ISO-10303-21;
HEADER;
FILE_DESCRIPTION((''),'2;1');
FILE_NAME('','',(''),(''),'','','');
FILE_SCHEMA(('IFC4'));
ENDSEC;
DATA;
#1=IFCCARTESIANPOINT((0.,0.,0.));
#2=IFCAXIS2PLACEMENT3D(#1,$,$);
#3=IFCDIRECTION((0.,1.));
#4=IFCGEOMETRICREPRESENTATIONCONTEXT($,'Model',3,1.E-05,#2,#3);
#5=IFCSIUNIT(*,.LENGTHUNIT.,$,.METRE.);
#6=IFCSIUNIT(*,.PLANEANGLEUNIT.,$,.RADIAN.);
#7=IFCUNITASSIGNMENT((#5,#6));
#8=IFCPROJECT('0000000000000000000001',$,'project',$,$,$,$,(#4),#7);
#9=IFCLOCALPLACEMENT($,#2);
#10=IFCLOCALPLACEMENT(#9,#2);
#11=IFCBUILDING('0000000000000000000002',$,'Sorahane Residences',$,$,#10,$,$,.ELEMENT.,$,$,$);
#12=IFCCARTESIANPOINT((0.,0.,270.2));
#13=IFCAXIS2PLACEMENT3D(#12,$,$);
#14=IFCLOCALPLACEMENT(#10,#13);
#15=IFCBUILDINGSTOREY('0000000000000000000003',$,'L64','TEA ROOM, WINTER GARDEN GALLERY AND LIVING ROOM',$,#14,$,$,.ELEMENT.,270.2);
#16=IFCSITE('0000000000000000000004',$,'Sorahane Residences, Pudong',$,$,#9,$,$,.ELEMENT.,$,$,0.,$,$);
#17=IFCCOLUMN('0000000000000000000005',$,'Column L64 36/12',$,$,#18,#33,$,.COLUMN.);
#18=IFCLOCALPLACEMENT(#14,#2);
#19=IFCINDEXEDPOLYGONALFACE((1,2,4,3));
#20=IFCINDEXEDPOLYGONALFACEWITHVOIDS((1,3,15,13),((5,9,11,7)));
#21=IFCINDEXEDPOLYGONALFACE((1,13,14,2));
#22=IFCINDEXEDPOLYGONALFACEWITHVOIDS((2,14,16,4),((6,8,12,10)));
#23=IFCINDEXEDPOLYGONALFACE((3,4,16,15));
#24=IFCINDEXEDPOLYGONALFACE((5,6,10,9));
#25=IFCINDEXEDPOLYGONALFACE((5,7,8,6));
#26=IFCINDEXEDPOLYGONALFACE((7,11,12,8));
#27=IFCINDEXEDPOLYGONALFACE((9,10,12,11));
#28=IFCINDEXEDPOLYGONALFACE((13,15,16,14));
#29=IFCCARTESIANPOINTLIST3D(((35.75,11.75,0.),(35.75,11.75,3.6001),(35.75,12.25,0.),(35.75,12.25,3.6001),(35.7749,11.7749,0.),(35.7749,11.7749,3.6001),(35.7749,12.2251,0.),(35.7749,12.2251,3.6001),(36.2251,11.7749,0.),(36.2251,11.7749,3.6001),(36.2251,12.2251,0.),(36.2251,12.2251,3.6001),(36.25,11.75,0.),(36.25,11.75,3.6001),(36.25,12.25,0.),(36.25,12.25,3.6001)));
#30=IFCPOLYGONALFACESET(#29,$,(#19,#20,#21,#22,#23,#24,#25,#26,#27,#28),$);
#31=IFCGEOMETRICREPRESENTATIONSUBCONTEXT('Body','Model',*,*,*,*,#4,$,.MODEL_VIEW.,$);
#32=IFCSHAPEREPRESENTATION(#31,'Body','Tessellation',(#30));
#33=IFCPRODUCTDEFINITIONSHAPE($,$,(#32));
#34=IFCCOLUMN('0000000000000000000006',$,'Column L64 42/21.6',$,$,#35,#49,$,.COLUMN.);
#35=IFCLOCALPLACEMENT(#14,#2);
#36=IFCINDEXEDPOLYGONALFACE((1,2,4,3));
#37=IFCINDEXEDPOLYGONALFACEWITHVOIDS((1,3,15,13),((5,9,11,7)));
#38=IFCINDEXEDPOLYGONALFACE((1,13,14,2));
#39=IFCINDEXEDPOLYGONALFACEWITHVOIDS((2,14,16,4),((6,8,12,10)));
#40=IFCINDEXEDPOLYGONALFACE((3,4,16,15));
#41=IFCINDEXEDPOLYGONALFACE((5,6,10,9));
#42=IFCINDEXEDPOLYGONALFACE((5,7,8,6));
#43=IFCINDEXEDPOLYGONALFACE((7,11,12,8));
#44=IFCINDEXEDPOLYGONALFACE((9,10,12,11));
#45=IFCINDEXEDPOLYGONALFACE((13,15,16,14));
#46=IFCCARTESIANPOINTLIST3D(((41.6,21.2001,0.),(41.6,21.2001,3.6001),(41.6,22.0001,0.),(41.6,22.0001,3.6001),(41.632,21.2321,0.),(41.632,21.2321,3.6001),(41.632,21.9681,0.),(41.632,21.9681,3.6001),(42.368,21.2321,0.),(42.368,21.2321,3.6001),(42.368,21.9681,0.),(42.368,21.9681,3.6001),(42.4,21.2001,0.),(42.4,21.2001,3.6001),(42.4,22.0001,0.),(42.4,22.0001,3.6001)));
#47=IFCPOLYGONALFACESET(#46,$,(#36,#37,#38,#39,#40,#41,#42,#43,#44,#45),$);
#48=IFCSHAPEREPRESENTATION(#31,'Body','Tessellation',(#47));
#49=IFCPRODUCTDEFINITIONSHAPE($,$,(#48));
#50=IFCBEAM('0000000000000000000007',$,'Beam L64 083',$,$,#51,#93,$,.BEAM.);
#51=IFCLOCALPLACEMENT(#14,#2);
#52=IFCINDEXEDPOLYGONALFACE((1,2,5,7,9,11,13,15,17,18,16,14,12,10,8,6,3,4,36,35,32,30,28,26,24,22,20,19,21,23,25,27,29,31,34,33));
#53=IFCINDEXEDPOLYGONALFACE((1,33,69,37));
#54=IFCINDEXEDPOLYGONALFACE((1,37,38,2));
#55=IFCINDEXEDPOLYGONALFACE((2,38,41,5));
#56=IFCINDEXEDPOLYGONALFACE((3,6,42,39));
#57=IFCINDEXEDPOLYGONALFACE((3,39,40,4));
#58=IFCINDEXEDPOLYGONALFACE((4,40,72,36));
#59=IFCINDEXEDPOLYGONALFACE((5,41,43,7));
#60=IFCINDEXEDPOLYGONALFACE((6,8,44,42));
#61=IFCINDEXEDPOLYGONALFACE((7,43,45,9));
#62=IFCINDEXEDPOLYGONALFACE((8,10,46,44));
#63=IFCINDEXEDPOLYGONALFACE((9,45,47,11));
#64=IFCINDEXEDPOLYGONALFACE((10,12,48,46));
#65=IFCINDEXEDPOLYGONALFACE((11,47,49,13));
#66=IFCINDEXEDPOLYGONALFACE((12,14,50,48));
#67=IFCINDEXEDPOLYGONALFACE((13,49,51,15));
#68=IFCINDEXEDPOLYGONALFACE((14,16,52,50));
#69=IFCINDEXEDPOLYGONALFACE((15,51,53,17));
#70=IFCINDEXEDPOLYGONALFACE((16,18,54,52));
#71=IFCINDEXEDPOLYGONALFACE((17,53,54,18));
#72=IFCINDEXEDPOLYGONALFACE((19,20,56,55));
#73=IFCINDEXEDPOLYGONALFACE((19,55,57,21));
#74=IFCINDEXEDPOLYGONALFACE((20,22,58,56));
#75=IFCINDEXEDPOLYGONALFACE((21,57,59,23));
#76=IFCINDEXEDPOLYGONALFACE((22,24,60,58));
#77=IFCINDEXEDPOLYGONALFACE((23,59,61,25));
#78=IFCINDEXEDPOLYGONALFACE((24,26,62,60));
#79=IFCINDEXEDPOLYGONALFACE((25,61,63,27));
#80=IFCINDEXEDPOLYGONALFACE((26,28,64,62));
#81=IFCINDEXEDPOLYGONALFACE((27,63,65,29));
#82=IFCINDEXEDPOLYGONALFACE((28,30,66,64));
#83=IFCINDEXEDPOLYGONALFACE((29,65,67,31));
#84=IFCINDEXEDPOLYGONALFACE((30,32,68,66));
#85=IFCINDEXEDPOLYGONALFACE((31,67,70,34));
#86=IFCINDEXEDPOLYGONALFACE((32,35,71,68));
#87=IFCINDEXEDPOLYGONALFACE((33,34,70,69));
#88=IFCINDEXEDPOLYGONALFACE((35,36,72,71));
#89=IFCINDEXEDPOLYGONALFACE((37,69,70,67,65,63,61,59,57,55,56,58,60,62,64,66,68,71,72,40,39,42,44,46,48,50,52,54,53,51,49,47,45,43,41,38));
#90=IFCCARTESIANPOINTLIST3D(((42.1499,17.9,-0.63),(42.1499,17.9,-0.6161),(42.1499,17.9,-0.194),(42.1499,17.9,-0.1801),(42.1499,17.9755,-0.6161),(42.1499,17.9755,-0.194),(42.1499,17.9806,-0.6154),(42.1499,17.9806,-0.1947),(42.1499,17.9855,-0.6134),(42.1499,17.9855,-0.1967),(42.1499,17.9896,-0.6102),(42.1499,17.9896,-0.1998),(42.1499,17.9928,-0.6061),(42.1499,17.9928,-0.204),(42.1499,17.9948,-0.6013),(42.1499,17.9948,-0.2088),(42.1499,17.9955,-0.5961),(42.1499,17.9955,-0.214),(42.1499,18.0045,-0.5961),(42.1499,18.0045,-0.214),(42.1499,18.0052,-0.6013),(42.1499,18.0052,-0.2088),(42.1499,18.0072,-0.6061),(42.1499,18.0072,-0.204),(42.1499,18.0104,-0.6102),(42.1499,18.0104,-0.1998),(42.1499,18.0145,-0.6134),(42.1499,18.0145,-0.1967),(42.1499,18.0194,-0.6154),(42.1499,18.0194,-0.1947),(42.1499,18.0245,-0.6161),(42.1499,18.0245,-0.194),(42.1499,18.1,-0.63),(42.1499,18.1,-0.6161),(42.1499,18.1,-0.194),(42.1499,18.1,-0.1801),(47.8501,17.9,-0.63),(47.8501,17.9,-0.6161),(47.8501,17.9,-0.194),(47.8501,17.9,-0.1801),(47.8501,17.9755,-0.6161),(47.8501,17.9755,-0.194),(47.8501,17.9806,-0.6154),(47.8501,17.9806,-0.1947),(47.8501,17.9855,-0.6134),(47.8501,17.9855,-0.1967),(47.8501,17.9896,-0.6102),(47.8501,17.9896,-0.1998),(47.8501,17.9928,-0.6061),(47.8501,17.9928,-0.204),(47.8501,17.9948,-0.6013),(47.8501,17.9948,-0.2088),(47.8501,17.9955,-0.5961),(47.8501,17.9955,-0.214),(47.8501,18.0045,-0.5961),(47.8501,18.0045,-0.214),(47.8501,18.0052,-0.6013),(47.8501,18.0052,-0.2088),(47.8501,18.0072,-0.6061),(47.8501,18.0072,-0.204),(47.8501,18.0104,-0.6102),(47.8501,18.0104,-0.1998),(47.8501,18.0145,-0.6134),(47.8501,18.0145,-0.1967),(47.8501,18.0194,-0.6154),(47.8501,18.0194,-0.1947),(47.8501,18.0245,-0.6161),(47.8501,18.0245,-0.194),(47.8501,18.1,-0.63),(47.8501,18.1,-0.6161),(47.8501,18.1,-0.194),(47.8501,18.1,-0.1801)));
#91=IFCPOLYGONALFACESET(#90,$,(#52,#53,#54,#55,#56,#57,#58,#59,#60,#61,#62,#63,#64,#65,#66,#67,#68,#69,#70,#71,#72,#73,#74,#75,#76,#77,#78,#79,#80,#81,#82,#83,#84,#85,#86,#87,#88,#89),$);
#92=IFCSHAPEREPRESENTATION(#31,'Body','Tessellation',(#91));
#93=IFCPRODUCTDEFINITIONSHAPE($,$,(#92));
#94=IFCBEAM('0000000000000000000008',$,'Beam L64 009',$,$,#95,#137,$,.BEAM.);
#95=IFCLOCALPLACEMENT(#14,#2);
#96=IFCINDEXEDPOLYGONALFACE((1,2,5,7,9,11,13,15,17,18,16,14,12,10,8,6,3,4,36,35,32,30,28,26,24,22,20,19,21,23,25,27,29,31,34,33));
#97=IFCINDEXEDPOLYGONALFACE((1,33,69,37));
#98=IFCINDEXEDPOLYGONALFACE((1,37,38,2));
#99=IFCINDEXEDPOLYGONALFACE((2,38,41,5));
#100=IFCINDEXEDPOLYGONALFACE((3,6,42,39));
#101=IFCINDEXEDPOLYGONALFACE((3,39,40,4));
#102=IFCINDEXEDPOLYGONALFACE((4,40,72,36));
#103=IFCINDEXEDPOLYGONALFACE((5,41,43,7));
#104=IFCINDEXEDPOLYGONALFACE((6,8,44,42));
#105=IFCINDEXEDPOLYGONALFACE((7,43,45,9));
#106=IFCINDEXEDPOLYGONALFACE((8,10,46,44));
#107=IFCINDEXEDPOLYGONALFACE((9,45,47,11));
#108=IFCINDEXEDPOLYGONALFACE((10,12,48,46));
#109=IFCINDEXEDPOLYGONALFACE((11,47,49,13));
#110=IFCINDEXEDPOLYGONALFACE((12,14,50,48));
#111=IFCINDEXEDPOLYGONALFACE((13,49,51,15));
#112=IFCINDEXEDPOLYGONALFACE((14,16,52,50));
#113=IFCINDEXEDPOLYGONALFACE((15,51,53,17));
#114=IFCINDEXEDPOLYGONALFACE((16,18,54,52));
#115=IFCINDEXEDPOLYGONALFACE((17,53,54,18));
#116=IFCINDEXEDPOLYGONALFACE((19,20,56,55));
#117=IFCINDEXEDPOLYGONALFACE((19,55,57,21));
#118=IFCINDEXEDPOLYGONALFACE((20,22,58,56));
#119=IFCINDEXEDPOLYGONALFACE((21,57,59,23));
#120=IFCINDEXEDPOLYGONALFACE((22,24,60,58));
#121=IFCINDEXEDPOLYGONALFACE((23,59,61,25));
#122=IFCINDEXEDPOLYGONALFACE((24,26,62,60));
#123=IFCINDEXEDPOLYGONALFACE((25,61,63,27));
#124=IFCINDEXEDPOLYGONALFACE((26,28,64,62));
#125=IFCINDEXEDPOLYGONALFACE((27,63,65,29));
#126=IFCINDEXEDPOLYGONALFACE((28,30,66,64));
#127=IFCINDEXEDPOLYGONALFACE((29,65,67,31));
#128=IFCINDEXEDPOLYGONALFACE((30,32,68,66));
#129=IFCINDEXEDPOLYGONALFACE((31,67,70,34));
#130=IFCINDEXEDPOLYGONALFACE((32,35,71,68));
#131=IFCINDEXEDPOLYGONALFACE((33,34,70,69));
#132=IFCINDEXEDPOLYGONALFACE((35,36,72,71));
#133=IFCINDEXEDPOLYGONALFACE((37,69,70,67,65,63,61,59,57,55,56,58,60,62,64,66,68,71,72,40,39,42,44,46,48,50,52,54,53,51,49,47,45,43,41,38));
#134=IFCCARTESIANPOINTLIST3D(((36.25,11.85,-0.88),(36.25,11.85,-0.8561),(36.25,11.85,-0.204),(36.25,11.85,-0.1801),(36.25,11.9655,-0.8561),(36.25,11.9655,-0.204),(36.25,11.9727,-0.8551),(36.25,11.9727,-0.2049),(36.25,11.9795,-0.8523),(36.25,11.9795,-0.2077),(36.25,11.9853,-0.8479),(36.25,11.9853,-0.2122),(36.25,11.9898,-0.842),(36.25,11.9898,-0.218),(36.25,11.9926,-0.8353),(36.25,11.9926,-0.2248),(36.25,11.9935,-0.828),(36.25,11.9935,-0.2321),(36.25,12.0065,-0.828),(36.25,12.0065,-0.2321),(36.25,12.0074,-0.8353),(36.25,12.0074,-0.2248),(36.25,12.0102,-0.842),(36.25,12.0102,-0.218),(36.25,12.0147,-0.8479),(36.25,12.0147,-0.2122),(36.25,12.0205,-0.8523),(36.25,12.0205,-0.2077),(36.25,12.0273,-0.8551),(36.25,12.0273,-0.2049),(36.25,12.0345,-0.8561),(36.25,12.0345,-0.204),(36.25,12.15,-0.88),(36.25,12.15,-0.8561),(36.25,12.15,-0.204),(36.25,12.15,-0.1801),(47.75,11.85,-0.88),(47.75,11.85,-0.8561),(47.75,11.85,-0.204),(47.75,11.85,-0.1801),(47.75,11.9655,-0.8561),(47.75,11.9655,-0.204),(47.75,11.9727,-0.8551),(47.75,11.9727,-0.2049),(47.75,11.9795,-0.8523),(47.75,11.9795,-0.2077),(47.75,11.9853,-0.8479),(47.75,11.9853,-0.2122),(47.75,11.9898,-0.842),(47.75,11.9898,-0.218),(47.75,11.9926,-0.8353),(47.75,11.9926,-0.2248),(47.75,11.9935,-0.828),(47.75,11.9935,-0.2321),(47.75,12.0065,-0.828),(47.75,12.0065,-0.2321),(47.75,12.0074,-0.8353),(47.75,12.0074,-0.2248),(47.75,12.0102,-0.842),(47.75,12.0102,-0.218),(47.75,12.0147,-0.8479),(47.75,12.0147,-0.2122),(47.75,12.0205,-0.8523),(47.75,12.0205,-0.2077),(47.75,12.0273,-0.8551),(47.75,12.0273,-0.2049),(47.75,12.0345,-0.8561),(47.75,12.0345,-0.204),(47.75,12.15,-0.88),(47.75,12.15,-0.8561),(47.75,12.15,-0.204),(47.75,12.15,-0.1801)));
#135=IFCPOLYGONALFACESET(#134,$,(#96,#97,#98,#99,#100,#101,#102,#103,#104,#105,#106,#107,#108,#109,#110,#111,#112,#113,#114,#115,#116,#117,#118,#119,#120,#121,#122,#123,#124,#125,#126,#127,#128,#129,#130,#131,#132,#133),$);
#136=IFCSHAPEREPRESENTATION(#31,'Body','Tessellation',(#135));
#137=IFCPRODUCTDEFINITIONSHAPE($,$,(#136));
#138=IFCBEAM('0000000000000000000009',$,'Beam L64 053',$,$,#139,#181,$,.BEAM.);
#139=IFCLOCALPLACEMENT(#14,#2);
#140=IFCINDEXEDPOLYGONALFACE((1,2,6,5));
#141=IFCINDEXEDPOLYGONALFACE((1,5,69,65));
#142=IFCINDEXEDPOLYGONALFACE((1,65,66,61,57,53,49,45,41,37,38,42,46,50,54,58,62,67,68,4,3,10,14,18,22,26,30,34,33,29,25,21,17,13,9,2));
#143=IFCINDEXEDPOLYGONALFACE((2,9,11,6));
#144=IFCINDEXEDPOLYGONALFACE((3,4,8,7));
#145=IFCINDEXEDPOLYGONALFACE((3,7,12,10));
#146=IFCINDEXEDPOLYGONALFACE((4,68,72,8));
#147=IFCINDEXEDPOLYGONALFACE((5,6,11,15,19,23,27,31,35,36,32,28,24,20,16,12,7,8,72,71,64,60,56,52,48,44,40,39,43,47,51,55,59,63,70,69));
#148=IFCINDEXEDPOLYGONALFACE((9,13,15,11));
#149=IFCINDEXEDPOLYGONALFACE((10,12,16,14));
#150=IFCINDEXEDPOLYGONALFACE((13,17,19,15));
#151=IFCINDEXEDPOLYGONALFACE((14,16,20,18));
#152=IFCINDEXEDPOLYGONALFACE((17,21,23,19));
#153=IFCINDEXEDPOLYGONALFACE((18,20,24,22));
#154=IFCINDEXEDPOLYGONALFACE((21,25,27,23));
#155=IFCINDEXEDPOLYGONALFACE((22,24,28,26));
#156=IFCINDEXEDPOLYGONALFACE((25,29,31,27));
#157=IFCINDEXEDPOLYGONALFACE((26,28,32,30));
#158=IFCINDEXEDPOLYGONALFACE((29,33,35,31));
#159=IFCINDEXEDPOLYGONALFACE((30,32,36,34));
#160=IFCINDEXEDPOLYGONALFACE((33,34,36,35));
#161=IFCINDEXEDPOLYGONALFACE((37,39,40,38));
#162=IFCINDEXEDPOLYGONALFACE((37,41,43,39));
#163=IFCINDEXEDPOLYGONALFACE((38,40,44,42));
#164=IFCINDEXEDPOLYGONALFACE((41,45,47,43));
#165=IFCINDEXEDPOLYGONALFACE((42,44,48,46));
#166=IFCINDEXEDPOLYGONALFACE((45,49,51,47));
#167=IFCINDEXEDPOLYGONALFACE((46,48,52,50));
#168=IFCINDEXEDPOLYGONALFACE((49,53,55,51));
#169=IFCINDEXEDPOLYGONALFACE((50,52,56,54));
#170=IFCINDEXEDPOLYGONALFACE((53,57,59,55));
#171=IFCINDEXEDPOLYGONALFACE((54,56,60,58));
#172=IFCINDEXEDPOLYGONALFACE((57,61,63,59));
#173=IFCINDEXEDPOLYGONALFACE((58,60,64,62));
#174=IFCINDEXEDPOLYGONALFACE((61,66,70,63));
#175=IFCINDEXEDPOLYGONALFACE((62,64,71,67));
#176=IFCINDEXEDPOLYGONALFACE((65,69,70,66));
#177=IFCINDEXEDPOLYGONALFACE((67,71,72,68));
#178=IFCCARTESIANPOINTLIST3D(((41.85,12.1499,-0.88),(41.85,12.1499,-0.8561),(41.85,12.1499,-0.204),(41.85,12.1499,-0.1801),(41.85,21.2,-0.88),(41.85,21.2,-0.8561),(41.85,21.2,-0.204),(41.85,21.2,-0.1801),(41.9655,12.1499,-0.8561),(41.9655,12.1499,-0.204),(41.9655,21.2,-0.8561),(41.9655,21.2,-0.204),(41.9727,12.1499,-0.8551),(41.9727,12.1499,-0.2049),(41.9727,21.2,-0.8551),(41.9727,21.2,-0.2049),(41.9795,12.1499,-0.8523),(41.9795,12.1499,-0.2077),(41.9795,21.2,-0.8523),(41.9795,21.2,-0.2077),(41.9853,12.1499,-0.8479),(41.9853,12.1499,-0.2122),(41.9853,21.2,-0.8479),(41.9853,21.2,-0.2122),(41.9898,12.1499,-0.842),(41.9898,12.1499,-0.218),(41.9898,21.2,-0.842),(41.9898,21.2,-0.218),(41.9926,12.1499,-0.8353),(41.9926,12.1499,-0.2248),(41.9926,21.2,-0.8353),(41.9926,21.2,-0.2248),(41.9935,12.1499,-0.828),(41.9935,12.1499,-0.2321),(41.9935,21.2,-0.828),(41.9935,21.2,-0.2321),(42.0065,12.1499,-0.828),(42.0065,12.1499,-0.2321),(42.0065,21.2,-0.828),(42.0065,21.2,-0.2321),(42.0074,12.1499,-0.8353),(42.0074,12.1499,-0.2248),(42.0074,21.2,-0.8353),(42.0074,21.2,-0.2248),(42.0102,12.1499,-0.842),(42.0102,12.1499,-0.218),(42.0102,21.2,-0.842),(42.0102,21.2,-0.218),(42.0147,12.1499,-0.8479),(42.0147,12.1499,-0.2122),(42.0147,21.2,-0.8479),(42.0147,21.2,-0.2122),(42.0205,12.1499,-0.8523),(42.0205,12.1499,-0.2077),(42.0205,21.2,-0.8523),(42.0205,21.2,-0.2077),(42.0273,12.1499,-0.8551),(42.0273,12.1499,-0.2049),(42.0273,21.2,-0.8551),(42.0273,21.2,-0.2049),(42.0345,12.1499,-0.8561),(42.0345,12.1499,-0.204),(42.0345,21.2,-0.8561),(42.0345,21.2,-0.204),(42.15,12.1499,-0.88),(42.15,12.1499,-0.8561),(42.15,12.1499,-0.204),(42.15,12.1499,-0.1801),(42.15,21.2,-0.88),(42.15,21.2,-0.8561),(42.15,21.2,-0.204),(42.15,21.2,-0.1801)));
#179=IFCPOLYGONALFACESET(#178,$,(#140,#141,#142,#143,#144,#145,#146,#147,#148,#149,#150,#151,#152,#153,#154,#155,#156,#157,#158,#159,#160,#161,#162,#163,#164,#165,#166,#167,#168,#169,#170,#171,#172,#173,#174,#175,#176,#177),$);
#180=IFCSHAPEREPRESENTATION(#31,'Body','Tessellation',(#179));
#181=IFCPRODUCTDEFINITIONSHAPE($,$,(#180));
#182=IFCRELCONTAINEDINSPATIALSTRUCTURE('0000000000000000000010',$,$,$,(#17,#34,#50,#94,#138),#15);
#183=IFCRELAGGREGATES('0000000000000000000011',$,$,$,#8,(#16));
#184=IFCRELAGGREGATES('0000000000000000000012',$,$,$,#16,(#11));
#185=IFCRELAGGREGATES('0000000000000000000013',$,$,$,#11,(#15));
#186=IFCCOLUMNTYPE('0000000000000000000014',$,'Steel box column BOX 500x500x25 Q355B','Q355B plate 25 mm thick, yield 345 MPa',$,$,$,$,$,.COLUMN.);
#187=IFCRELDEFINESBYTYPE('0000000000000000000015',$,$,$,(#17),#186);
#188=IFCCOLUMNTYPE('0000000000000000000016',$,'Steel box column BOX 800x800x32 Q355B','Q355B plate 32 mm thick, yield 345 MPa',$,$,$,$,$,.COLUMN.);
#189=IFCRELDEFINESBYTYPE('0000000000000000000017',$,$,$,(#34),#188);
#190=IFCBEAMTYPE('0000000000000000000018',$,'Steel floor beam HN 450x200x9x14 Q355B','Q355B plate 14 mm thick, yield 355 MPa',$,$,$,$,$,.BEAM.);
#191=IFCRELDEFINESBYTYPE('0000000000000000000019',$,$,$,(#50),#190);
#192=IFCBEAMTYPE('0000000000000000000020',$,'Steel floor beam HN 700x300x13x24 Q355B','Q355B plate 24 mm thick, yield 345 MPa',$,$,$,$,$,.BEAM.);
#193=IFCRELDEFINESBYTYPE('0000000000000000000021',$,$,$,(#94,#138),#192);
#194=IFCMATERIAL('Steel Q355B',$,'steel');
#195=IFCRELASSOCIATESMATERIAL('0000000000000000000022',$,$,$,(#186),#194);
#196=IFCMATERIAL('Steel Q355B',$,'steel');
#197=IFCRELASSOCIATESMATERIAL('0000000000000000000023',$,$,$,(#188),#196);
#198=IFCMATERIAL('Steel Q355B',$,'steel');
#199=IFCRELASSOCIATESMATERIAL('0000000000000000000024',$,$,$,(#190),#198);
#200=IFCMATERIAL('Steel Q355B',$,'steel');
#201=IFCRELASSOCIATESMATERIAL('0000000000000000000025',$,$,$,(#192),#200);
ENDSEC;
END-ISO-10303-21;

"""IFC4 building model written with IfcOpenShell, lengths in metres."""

from ifc_helpers import new_model, si_unit, direction, frame, origin, origin_2d, place, context, subcontext, project, spatial, hollow_rectangle, i_section, extrude, material, material_profile, profile_set, type_object, element, save


model = new_model("IFC4")

# Units and contexts
model_context = context("Model", 3, precision=1e-05, world=origin(), true_north=direction((0.0, 1.0)))
body_context = subcontext(model_context, "Body", "Model", "MODEL_VIEW")
ifc_project = project(units=[si_unit("LENGTHUNIT", "METRE"), si_unit("PLANEANGLEUNIT", "RADIAN")], contexts=[model_context])

# Site, building, storey
site_placement = place(None, origin())
site = spatial("IfcSite", under=ifc_project, at=site_placement, Name="Sorahane Residences, Pudong", CompositionType="ELEMENT", RefElevation=0.0)
building_placement = place(site_placement, origin())
building = spatial("IfcBuilding", under=site, at=building_placement, Name="Sorahane Residences", CompositionType="ELEMENT")
storey_placement = place(building_placement, frame((0.0, 0.0, 270.2)))
storey = spatial("IfcBuildingStorey", under=building, at=storey_placement, Name="L64", Description="TEA ROOM, WINTER GARDEN GALLERY AND LIVING ROOM", CompositionType="ELEMENT", Elevation=270.2)

# Columns
ifc_material_1 = material(Name="Steel Q355B", Category="steel")
ifc_material_profile_1 = material_profile(ifc_material_1, hollow_rectangle(XDim=0.5, YDim=0.5, WallThickness=0.0249, at=origin_2d()), Name="BOX 500x500x25")
ifc_profile_set_1 = profile_set([ifc_material_profile_1], Name="Steel Q355B")
column_type_1 = type_object("IfcColumnType", Name="Steel box column BOX 500x500x25 Q355B", Description="Q355B plate 25 mm thick, yield 345 MPa", PredefinedType="COLUMN", material=ifc_profile_set_1)
column_1_placement = place(storey_placement, frame((36.0, 12.0, 0.0), z_axis=(0.0, 0.0, 1.0), x_axis=(1.0, 0.0, 0.0)))
element("IfcColumn", 1, at=column_1_placement, inside=storey, type_object=column_type_1, Name="Column L64 36/12", PredefinedType="COLUMN", context=body_context, shape_type="SweptSolid", body=[
    extrude(hollow_rectangle(XDim=0.5, YDim=0.5, WallThickness=0.0249, at=origin_2d()), origin(), (0.0, 0.0, 1.0), 3.6001),
])
ifc_material_2 = material(Name="Steel Q355B", Category="steel")
ifc_material_profile_2 = material_profile(ifc_material_2, hollow_rectangle(XDim=0.8, YDim=0.8, WallThickness=0.032, at=origin_2d()), Name="BOX 800x800x32")
ifc_profile_set_2 = profile_set([ifc_material_profile_2], Name="Steel Q355B")
column_type_2 = type_object("IfcColumnType", Name="Steel box column BOX 800x800x32 Q355B", Description="Q355B plate 32 mm thick, yield 345 MPa", PredefinedType="COLUMN", material=ifc_profile_set_2)
column_2_placement = place(storey_placement, frame((42.0, 21.6001, 0.0), z_axis=(0.0, 0.0, 1.0), x_axis=(1.0, 0.0, 0.0)))
element("IfcColumn", 2, at=column_2_placement, inside=storey, type_object=column_type_2, Name="Column L64 42/21.6", PredefinedType="COLUMN", context=body_context, shape_type="SweptSolid", body=[
    extrude(hollow_rectangle(XDim=0.8, YDim=0.8, WallThickness=0.032, at=origin_2d()), origin(), (0.0, 0.0, 1.0), 3.6001),
])

# Beams
ifc_material_3 = material(Name="Steel Q355B", Category="steel")
ifc_material_profile_3 = material_profile(ifc_material_3, i_section(OverallWidth=0.2, OverallDepth=0.45, WebThickness=0.009, FlangeThickness=0.0139, FilletRadius=0.02, at=origin_2d()), Name="HN 450x200x9x14")
ifc_profile_set_3 = profile_set([ifc_material_profile_3], Name="Steel Q355B")
beam_type_1 = type_object("IfcBeamType", Name="Steel floor beam HN 450x200x9x14 Q355B", Description="Q355B plate 14 mm thick, yield 355 MPa", PredefinedType="BEAM", material=ifc_profile_set_3)
beam_1_placement = place(storey_placement, frame((42.1499, 18.0, -0.405), z_axis=(1.0, 0.0, 0.0), x_axis=(0.0, 1.0, 0.0)))
element("IfcBeam", 3, at=beam_1_placement, inside=storey, type_object=beam_type_1, Name="Beam L64 083", PredefinedType="BEAM", context=body_context, shape_type="SweptSolid", body=[
    extrude(i_section(OverallWidth=0.2, OverallDepth=0.45, WebThickness=0.009, FlangeThickness=0.0139, FilletRadius=0.02, at=origin_2d()), origin(), (0.0, 0.0, 1.0), 5.7002),
])
ifc_material_4 = material(Name="Steel Q355B", Category="steel")
ifc_material_profile_4 = material_profile(ifc_material_4, i_section(OverallWidth=0.3, OverallDepth=0.7, WebThickness=0.0129, FlangeThickness=0.0239, FilletRadius=0.0281, at=origin_2d()), Name="HN 700x300x13x24")
ifc_profile_set_4 = profile_set([ifc_material_profile_4], Name="Steel Q355B")
beam_type_2 = type_object("IfcBeamType", Name="Steel floor beam HN 700x300x13x24 Q355B", Description="Q355B plate 24 mm thick, yield 345 MPa", PredefinedType="BEAM", material=ifc_profile_set_4)
beam_2_placement = place(storey_placement, frame((36.25, 12.0, -0.53), z_axis=(1.0, 0.0, 0.0), x_axis=(0.0, 1.0, 0.0)))
element("IfcBeam", 4, at=beam_2_placement, inside=storey, type_object=beam_type_2, Name="Beam L64 009", PredefinedType="BEAM", context=body_context, shape_type="SweptSolid", body=[
    extrude(i_section(OverallWidth=0.3, OverallDepth=0.7, WebThickness=0.0129, FlangeThickness=0.0239, FilletRadius=0.0281, at=origin_2d()), origin(), (0.0, 0.0, 1.0), 11.5),
])
beam_3_placement = place(storey_placement, frame((42.0, 12.1499, -0.53), z_axis=(0.0, 1.0, 0.0), x_axis=(-1.0, 0.0, 0.0)))
element("IfcBeam", 5, at=beam_3_placement, inside=storey, type_object=beam_type_2, Name="Beam L64 053", PredefinedType="BEAM", context=body_context, shape_type="SweptSolid", body=[
    extrude(i_section(OverallWidth=0.3, OverallDepth=0.7, WebThickness=0.0129, FlangeThickness=0.0239, FilletRadius=0.0281, at=origin_2d()), origin(), (0.0, 0.0, 1.0), 9.05),
])

save(model, "model.ifc")
